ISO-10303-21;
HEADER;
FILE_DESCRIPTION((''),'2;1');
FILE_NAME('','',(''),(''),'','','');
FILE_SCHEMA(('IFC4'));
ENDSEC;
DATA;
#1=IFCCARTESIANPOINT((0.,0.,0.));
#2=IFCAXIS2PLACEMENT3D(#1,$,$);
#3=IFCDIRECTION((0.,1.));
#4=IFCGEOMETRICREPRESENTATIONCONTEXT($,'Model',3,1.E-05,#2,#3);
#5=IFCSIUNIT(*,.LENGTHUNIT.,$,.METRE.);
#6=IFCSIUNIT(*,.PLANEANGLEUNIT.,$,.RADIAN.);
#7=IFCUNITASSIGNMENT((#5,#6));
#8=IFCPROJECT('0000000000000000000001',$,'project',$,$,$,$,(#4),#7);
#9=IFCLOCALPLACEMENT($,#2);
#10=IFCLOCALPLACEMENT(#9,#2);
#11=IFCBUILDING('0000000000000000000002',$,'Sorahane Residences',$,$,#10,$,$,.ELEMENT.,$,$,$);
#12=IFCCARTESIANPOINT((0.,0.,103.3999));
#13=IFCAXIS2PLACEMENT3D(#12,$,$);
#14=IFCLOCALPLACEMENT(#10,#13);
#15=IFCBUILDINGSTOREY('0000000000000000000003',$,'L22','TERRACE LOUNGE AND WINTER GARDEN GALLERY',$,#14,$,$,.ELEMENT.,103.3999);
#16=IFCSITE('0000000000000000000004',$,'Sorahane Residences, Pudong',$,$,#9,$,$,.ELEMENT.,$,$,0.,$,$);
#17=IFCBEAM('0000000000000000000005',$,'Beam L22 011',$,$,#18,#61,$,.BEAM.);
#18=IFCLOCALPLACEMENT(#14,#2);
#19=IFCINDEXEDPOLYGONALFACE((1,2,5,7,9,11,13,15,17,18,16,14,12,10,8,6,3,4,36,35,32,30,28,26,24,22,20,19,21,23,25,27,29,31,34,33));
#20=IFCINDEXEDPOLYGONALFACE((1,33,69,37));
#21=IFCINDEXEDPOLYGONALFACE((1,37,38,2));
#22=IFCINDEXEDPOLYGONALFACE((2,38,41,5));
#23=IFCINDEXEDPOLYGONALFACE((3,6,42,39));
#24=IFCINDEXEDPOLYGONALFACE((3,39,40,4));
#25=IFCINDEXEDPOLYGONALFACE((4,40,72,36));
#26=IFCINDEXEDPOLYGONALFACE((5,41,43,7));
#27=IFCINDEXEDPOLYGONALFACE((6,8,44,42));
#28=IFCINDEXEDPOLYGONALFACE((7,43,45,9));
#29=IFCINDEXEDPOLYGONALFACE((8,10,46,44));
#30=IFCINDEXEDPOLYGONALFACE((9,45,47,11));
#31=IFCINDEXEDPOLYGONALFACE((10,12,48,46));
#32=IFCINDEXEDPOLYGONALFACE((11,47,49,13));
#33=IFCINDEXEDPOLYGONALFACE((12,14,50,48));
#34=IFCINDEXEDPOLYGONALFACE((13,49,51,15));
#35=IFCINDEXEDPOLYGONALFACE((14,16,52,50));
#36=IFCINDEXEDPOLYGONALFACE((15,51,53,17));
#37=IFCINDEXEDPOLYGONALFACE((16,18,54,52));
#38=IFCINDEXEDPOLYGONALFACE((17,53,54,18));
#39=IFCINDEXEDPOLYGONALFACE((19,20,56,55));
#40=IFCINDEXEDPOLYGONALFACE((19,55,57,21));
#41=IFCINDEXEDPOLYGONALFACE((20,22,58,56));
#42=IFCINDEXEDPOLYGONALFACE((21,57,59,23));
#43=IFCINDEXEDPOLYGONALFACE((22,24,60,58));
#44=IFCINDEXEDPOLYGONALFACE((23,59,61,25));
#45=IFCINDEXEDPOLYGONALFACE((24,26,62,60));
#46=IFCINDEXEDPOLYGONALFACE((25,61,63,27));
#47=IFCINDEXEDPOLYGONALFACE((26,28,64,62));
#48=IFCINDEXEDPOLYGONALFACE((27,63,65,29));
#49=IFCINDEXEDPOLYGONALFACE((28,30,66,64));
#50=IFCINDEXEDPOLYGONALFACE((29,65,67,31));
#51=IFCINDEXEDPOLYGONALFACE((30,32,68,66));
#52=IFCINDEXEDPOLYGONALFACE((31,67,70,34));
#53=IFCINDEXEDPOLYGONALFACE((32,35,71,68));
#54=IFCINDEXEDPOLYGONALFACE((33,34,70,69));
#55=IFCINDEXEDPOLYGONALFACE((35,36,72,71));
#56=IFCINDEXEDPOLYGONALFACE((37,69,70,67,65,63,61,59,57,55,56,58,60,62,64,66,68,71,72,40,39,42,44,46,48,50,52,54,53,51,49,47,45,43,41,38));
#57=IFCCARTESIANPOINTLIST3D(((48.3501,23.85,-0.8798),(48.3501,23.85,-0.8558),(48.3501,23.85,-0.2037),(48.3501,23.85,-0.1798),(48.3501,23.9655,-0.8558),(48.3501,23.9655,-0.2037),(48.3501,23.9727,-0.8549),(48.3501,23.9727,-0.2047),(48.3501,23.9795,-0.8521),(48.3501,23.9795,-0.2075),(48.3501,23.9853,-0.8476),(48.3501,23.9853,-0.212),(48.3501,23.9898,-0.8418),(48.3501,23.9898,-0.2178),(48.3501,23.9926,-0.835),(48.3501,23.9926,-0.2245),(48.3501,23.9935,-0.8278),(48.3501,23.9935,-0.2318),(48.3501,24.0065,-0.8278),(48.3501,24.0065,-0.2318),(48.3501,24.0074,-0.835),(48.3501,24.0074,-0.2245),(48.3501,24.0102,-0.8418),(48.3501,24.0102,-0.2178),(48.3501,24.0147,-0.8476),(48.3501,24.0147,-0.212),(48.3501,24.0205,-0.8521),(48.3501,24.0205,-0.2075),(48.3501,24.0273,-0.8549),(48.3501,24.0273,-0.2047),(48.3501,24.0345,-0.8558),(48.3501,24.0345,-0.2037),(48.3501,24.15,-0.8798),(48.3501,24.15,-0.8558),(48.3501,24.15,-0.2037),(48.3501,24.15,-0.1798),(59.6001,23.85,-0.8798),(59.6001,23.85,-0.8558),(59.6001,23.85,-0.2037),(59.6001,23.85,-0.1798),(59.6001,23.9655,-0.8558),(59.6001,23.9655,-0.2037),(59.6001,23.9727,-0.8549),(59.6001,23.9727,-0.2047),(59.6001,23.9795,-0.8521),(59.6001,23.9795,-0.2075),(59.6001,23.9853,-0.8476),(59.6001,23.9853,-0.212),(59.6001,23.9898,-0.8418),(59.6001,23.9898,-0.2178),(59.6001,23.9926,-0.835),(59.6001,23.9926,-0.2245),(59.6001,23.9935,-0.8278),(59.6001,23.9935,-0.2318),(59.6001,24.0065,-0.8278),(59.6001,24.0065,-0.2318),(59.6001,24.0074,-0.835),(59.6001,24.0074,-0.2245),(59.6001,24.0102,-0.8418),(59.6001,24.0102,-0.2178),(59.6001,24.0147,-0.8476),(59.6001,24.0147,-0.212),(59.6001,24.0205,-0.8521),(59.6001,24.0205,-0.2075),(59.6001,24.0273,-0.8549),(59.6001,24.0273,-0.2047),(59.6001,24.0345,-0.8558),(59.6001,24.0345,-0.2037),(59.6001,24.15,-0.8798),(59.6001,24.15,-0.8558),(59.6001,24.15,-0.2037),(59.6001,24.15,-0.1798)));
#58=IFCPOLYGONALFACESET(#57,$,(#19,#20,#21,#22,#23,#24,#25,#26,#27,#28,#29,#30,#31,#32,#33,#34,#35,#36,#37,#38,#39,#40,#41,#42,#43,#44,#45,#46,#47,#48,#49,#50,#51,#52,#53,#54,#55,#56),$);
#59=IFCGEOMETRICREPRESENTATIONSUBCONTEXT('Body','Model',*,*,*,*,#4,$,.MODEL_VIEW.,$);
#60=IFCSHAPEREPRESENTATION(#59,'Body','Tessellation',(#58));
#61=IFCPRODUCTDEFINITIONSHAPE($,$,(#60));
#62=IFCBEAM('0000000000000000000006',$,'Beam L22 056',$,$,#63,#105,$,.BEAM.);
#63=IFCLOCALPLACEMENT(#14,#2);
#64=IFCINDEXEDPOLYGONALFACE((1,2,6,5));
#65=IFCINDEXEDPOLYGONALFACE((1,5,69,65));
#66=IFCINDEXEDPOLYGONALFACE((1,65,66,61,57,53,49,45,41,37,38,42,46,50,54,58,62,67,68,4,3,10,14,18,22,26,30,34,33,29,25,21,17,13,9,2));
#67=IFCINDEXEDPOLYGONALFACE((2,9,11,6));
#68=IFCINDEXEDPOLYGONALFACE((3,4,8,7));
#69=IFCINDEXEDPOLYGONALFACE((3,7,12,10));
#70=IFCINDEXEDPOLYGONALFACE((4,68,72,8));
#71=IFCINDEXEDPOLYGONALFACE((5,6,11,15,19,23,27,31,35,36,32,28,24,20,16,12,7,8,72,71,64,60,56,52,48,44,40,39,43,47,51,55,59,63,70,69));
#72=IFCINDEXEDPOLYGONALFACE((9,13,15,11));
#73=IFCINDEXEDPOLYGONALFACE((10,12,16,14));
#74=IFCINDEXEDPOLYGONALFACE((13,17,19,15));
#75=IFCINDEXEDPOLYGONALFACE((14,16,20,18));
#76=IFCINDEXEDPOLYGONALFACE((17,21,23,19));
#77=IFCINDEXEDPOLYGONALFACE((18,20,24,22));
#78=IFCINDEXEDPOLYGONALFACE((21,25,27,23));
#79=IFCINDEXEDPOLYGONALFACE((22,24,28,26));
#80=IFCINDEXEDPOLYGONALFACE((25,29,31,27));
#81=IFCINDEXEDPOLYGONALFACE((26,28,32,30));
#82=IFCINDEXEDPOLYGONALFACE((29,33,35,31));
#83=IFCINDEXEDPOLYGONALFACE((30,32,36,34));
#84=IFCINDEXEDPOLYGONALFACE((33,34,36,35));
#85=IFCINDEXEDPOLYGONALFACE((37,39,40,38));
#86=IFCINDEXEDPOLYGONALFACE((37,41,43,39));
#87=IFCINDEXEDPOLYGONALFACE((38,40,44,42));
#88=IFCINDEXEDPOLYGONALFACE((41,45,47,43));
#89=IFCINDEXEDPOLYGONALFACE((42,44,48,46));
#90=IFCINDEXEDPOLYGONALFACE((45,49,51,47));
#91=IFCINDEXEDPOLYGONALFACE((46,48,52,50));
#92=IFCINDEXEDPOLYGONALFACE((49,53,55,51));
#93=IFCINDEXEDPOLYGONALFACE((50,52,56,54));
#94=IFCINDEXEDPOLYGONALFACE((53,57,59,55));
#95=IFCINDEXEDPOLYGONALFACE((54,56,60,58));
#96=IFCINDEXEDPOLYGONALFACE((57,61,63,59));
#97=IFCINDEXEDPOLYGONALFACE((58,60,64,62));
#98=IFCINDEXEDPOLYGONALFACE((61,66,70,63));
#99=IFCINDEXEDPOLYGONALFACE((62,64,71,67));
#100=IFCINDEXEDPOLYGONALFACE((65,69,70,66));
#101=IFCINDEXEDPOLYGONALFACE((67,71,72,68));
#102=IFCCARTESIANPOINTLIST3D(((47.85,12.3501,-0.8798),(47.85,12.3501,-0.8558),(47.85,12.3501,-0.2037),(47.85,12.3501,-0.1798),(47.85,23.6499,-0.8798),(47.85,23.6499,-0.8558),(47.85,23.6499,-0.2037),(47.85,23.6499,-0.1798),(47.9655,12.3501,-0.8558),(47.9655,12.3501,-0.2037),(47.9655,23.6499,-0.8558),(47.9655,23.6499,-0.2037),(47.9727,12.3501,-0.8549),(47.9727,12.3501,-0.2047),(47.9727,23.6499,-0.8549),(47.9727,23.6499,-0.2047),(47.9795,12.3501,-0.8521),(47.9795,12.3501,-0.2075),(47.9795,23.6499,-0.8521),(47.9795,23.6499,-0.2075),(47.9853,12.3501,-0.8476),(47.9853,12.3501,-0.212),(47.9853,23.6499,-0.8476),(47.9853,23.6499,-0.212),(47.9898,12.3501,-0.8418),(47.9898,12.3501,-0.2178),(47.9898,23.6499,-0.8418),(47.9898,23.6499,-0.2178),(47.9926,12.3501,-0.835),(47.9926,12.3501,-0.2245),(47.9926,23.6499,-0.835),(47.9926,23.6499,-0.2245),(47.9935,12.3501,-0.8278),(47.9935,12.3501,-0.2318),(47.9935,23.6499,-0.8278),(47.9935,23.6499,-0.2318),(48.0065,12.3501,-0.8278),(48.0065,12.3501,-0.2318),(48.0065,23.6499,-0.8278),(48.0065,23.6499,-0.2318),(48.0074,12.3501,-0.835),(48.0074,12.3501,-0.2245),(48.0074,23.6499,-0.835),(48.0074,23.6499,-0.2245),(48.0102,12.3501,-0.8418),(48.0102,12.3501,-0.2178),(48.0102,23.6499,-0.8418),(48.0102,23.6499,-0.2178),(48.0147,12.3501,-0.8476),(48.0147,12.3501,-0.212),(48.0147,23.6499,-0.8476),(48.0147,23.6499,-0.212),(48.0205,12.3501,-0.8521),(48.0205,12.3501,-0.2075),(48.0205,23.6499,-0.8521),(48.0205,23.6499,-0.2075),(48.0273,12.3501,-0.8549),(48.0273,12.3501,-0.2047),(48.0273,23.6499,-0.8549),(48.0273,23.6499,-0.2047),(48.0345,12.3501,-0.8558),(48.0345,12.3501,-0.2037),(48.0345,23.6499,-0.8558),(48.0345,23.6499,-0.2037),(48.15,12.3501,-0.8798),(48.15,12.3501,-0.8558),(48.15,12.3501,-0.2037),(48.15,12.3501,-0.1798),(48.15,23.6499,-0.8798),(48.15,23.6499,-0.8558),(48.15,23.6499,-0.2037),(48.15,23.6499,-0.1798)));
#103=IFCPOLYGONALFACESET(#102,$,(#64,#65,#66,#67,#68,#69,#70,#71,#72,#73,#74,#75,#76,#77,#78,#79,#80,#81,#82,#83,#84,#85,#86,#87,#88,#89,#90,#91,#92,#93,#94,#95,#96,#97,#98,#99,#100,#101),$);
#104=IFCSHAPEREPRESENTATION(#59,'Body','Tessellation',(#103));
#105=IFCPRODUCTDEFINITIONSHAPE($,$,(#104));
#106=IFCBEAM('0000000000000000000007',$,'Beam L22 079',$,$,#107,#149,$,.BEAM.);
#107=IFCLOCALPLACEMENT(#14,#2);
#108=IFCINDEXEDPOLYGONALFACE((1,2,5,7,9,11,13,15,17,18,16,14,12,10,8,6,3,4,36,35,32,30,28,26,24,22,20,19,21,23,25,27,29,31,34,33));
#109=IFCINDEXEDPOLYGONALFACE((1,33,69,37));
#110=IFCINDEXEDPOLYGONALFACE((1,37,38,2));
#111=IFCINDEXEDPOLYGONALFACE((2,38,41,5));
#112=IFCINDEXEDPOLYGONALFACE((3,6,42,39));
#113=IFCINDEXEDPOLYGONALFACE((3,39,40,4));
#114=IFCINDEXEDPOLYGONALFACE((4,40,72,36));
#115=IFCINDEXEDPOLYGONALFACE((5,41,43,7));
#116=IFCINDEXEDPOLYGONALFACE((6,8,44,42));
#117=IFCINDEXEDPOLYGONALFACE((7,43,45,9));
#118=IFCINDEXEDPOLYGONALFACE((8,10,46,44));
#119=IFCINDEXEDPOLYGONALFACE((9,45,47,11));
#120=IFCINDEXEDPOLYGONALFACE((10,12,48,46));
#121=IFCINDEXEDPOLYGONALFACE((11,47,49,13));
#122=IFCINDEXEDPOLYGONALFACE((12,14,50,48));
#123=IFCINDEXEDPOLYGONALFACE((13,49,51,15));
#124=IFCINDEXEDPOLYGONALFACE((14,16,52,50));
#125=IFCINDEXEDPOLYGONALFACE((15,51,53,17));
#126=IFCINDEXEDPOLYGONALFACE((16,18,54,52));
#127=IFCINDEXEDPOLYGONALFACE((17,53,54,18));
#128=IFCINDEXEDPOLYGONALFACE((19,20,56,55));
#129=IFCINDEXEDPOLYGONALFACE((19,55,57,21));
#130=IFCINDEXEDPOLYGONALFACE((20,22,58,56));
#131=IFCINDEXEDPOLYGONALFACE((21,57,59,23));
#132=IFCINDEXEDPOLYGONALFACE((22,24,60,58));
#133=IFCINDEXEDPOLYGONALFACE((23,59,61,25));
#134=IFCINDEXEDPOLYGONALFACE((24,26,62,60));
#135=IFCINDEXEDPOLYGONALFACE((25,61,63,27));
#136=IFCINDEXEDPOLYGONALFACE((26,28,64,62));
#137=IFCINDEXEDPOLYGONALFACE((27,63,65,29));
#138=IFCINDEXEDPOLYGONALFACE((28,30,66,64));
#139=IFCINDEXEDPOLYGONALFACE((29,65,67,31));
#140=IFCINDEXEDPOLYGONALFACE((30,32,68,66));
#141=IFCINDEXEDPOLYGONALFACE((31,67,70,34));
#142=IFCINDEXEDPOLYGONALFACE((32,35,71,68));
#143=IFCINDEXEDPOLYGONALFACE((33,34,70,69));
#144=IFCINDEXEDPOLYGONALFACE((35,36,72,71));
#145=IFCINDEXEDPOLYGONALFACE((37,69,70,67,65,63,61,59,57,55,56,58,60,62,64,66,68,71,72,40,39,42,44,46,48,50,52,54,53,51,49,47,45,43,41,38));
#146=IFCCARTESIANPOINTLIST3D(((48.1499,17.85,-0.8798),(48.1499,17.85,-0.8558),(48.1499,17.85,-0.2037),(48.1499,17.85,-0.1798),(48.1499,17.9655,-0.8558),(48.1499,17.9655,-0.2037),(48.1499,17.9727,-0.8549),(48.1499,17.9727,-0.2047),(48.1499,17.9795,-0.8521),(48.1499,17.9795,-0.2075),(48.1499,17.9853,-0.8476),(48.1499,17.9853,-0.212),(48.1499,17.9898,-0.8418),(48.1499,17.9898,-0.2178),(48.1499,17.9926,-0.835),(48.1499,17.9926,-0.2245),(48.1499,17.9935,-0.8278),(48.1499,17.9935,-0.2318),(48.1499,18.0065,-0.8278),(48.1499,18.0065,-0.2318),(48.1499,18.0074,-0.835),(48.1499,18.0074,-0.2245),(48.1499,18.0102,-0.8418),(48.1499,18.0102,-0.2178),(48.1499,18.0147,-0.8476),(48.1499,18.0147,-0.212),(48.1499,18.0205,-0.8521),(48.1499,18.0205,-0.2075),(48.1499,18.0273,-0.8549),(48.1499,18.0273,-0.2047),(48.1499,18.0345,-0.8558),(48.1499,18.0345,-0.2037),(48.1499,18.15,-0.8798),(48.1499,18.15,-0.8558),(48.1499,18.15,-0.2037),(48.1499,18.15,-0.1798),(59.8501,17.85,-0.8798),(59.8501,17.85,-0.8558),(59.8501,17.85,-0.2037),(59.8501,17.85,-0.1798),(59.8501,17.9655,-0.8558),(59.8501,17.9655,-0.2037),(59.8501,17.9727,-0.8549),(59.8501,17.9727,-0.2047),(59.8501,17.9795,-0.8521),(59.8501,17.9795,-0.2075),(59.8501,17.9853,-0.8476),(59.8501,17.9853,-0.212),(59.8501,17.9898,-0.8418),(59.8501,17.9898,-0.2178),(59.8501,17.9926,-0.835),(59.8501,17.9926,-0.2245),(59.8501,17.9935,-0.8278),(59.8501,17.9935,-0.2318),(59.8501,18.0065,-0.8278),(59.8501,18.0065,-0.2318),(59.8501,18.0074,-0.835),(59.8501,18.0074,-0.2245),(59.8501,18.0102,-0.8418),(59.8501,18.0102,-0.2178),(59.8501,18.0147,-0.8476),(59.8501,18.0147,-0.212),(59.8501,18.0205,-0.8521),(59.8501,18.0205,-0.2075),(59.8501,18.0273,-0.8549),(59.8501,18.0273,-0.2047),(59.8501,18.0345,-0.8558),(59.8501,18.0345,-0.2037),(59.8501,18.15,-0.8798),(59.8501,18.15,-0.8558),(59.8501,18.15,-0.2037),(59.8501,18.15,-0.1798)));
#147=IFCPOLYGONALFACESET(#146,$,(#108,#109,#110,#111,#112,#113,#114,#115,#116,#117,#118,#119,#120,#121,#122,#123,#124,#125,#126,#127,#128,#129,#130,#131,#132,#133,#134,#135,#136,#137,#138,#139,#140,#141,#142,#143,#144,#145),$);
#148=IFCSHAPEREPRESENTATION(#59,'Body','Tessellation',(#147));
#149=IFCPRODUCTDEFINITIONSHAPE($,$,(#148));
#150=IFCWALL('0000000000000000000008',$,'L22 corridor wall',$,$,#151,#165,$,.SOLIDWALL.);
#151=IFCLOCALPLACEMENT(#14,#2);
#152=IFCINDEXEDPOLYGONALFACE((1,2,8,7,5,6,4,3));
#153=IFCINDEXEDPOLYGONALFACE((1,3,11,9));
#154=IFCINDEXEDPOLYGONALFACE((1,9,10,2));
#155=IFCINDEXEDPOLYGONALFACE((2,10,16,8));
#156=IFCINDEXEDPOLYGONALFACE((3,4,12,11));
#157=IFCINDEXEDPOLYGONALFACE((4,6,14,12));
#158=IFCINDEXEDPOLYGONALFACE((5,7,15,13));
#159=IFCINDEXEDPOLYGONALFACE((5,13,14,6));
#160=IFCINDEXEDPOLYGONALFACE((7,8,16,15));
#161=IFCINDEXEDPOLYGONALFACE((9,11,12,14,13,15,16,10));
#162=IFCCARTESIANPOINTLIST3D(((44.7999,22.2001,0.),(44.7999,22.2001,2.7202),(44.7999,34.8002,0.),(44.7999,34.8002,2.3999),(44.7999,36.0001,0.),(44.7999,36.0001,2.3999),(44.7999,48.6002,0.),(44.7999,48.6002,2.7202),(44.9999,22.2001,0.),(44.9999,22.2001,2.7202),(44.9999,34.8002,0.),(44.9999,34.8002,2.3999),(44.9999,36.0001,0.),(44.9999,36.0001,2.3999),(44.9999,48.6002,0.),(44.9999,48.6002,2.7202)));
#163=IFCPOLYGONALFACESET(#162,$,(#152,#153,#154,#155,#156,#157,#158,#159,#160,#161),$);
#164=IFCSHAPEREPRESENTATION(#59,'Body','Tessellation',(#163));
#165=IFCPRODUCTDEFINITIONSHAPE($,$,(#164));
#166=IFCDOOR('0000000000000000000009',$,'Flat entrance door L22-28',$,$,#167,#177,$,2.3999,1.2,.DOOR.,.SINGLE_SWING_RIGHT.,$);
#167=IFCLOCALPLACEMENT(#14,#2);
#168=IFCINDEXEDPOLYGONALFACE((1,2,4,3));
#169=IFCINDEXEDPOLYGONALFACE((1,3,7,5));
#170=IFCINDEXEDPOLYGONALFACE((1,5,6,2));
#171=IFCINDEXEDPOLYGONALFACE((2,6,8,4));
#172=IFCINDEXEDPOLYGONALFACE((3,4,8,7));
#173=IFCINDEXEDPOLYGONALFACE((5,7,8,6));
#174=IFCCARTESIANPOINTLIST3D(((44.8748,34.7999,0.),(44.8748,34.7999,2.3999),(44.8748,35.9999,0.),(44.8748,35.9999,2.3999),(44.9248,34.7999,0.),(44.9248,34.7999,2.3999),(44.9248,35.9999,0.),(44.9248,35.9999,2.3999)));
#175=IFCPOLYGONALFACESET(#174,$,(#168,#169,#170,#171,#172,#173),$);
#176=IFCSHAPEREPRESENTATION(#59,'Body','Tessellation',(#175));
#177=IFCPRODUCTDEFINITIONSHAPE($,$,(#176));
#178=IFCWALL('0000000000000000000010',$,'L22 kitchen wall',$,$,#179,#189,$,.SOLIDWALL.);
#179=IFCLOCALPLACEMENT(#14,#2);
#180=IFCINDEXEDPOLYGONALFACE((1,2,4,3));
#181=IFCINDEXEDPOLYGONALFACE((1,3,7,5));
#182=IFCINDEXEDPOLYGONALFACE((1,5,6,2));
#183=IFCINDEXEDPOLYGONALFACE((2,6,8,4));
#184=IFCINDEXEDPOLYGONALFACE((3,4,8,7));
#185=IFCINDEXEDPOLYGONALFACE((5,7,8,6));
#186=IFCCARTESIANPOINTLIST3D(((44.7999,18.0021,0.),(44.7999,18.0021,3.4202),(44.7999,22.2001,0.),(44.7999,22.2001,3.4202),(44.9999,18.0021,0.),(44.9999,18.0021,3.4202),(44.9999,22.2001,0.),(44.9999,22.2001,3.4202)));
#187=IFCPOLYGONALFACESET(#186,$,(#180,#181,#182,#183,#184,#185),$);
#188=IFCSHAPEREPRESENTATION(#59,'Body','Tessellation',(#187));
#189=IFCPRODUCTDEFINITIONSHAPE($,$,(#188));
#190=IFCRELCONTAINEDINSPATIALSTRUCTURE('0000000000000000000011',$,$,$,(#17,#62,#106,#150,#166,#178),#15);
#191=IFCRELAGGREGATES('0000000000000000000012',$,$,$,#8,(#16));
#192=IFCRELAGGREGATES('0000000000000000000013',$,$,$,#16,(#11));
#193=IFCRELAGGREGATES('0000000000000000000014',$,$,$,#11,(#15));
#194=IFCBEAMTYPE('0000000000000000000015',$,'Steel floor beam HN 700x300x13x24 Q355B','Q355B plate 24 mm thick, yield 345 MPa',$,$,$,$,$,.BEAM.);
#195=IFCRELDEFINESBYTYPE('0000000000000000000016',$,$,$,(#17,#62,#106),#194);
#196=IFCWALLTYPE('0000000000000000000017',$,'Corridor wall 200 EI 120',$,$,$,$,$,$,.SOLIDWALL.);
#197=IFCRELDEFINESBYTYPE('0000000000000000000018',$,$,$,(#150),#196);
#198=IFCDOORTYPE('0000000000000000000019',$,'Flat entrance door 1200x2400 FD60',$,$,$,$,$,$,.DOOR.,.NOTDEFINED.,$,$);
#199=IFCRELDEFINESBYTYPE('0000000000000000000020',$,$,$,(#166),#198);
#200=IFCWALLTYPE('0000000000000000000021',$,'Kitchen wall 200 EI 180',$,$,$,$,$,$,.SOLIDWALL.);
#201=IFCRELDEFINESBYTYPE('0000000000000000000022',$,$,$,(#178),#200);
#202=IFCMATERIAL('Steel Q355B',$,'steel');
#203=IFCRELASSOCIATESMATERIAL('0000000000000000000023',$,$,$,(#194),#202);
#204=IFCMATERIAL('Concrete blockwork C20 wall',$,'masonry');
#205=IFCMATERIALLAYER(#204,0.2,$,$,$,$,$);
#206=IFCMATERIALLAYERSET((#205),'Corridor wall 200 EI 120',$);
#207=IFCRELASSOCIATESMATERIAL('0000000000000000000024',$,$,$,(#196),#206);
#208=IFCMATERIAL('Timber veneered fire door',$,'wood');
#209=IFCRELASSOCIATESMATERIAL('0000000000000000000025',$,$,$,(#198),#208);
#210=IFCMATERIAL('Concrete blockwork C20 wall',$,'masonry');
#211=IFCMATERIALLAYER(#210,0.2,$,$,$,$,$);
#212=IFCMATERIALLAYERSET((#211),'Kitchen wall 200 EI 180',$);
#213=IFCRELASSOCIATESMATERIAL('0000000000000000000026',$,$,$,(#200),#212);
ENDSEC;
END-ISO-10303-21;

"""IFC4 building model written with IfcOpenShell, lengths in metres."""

from ifc_helpers import new_model, si_unit, direction, frame, frame_2d, origin, origin_2d, place, context, subcontext, project, spatial, rectangle, i_section, extrude, material, layer, layer_set, material_profile, profile_set, type_object, element, fill, save


model = new_model("IFC4")

# Units and contexts
model_context = context("Model", 3, precision=1e-05, world=origin(), true_north=direction((0.0, 1.0)))
body_context = subcontext(model_context, "Body", "Model", "MODEL_VIEW")
ifc_project = project(units=[si_unit("LENGTHUNIT", "METRE"), si_unit("PLANEANGLEUNIT", "RADIAN")], contexts=[model_context])

# Site, building, storey
site_placement = place(None, origin())
site = spatial("IfcSite", under=ifc_project, at=site_placement, Name="Sorahane Residences, Pudong", CompositionType="ELEMENT", RefElevation=0.0)
building_placement = place(site_placement, origin())
building = spatial("IfcBuilding", under=site, at=building_placement, Name="Sorahane Residences", CompositionType="ELEMENT")
storey_placement = place(building_placement, frame((0.0, 0.0, 103.3999)))
storey = spatial("IfcBuildingStorey", under=building, at=storey_placement, Name="L22", Description="TERRACE LOUNGE AND WINTER GARDEN GALLERY", CompositionType="ELEMENT", Elevation=103.3999)

# Beams
ifc_material_1 = material(Name="Steel Q355B", Category="steel")
ifc_material_profile_1 = material_profile(ifc_material_1, i_section(OverallWidth=0.3, OverallDepth=0.7, WebThickness=0.0129, FlangeThickness=0.0239, FilletRadius=0.0281, at=origin_2d()), Name="HN 700x300x13x24")
ifc_profile_set_1 = profile_set([ifc_material_profile_1], Name="Steel Q355B")
beam_type_1 = type_object("IfcBeamType", Name="Steel floor beam HN 700x300x13x24 Q355B", Description="Q355B plate 24 mm thick, yield 345 MPa", PredefinedType="BEAM", material=ifc_profile_set_1)
beam_1_placement = place(storey_placement, frame((48.3501, 24.0, -0.5298), z_axis=(1.0, 0.0, 0.0), x_axis=(0.0, 1.0, 0.0)))
element("IfcBeam", 1, at=beam_1_placement, inside=storey, type_object=beam_type_1, Name="Beam L22 011", PredefinedType="BEAM", context=body_context, shape_type="SweptSolid", body=[
    extrude(i_section(OverallWidth=0.3, OverallDepth=0.7, WebThickness=0.0129, FlangeThickness=0.0239, FilletRadius=0.0281, at=origin_2d()), origin(), (0.0, 0.0, 1.0), 11.25),
])
beam_2_placement = place(storey_placement, frame((48.0, 12.3501, -0.5298), z_axis=(0.0, 1.0, 0.0), x_axis=(-1.0, 0.0, 0.0)))
element("IfcBeam", 2, at=beam_2_placement, inside=storey, type_object=beam_type_1, Name="Beam L22 056", PredefinedType="BEAM", context=body_context, shape_type="SweptSolid", body=[
    extrude(i_section(OverallWidth=0.3, OverallDepth=0.7, WebThickness=0.0129, FlangeThickness=0.0239, FilletRadius=0.0281, at=origin_2d()), origin(), (0.0, 0.0, 1.0), 11.2998),
])
beam_3_placement = place(storey_placement, frame((48.1499, 18.0, -0.5298), z_axis=(1.0, 0.0, 0.0), x_axis=(0.0, 1.0, 0.0)))
element("IfcBeam", 3, at=beam_3_placement, inside=storey, type_object=beam_type_1, Name="Beam L22 079", PredefinedType="BEAM", context=body_context, shape_type="SweptSolid", body=[
    extrude(i_section(OverallWidth=0.3, OverallDepth=0.7, WebThickness=0.0129, FlangeThickness=0.0239, FilletRadius=0.0281, at=origin_2d()), origin(), (0.0, 0.0, 1.0), 11.7002),
])

# Wall, opening, door
ifc_material_2 = material(Name="Concrete blockwork C20 wall", Category="masonry")
ifc_layer_1 = layer(ifc_material_2, 0.2)
ifc_layer_set_1 = layer_set([ifc_layer_1], Name="Corridor wall 200 EI 120")
wall_type_1 = type_object("IfcWallType", Name="Corridor wall 200 EI 120", PredefinedType="SOLIDWALL", material=ifc_layer_set_1)
wall_1_placement = place(storey_placement, frame((44.8999, 22.2, 0.0), z_axis=(0.0, 0.0, 1.0), x_axis=(0.0, 1.0, 0.0)))
wall_1 = element("IfcWall", 4, at=wall_1_placement, inside=storey, type_object=wall_type_1, Name="L22 corridor wall", PredefinedType="SOLIDWALL", context=body_context, shape_type="SweptSolid", body=[
    extrude(rectangle(XDim=26.4001, YDim=0.2, at=frame_2d((13.2002, 0.0))), origin(), (0.0, 0.0, 1.0), 2.7202),
])
opening_placement = place(wall_1_placement, frame((12.6001, 0.0, 0.0)))
opening = element("IfcOpeningElement", 5, at=opening_placement, cuts=wall_1, PredefinedType="OPENING", context=body_context, shape_type="SweptSolid", body=[
    extrude(rectangle(XDim=1.2, YDim=2.3999, at=frame_2d((0.6001, 1.2))), frame((0.0, 0.1099, 0.0), z_axis=(0.0, -1.0, 0.0), x_axis=(1.0, 0.0, 0.0)), (0.0, 0.0, 1.0), 0.22),
])
ifc_material_3 = material(Name="Timber veneered fire door", Category="wood")
door_type = type_object("IfcDoorType", Name="Flat entrance door 1200x2400 FD60", OperationType="NOTDEFINED", PredefinedType="DOOR", material=ifc_material_3)
door_placement = place(opening_placement, frame((1.2, 0.0, 0.0), z_axis=(0.0, 0.0, 1.0), x_axis=(-1.0, 0.0, 0.0)))
door = element("IfcDoor", 6, at=door_placement, inside=storey, type_object=door_type, Name="Flat entrance door L22-28", OperationType="SINGLE_SWING_RIGHT", OverallHeight=2.3999, OverallWidth=1.2, PredefinedType="DOOR", context=body_context, shape_type="SweptSolid", body=[
    extrude(rectangle(XDim=1.2, YDim=2.3999, at=frame_2d((0.6001, 1.2))), frame((0.0, 0.0249, 0.0), z_axis=(0.0, -1.0, 0.0), x_axis=(1.0, 0.0, 0.0)), (0.0, 0.0, 1.0), 0.05),
])
fill(opening, door)

# Wall
ifc_material_4 = material(Name="Concrete blockwork C20 wall", Category="masonry")
ifc_layer_2 = layer(ifc_material_4, 0.2)
ifc_layer_set_2 = layer_set([ifc_layer_2], Name="Kitchen wall 200 EI 180")
wall_type_2 = type_object("IfcWallType", Name="Kitchen wall 200 EI 180", PredefinedType="SOLIDWALL", material=ifc_layer_set_2)
wall_2_placement = place(storey_placement, frame((44.8999, 18.002, 0.0), z_axis=(0.0, 0.0, 1.0), x_axis=(0.0, 1.0, 0.0)))
element("IfcWall", 7, at=wall_2_placement, inside=storey, type_object=wall_type_2, Name="L22 kitchen wall", PredefinedType="SOLIDWALL", context=body_context, shape_type="SweptSolid", body=[
    extrude(rectangle(XDim=4.198, YDim=0.2, at=frame_2d((2.0991, 0.0))), origin(), (0.0, 0.0, 1.0), 3.4202),
])

save(model, "model.ifc")
